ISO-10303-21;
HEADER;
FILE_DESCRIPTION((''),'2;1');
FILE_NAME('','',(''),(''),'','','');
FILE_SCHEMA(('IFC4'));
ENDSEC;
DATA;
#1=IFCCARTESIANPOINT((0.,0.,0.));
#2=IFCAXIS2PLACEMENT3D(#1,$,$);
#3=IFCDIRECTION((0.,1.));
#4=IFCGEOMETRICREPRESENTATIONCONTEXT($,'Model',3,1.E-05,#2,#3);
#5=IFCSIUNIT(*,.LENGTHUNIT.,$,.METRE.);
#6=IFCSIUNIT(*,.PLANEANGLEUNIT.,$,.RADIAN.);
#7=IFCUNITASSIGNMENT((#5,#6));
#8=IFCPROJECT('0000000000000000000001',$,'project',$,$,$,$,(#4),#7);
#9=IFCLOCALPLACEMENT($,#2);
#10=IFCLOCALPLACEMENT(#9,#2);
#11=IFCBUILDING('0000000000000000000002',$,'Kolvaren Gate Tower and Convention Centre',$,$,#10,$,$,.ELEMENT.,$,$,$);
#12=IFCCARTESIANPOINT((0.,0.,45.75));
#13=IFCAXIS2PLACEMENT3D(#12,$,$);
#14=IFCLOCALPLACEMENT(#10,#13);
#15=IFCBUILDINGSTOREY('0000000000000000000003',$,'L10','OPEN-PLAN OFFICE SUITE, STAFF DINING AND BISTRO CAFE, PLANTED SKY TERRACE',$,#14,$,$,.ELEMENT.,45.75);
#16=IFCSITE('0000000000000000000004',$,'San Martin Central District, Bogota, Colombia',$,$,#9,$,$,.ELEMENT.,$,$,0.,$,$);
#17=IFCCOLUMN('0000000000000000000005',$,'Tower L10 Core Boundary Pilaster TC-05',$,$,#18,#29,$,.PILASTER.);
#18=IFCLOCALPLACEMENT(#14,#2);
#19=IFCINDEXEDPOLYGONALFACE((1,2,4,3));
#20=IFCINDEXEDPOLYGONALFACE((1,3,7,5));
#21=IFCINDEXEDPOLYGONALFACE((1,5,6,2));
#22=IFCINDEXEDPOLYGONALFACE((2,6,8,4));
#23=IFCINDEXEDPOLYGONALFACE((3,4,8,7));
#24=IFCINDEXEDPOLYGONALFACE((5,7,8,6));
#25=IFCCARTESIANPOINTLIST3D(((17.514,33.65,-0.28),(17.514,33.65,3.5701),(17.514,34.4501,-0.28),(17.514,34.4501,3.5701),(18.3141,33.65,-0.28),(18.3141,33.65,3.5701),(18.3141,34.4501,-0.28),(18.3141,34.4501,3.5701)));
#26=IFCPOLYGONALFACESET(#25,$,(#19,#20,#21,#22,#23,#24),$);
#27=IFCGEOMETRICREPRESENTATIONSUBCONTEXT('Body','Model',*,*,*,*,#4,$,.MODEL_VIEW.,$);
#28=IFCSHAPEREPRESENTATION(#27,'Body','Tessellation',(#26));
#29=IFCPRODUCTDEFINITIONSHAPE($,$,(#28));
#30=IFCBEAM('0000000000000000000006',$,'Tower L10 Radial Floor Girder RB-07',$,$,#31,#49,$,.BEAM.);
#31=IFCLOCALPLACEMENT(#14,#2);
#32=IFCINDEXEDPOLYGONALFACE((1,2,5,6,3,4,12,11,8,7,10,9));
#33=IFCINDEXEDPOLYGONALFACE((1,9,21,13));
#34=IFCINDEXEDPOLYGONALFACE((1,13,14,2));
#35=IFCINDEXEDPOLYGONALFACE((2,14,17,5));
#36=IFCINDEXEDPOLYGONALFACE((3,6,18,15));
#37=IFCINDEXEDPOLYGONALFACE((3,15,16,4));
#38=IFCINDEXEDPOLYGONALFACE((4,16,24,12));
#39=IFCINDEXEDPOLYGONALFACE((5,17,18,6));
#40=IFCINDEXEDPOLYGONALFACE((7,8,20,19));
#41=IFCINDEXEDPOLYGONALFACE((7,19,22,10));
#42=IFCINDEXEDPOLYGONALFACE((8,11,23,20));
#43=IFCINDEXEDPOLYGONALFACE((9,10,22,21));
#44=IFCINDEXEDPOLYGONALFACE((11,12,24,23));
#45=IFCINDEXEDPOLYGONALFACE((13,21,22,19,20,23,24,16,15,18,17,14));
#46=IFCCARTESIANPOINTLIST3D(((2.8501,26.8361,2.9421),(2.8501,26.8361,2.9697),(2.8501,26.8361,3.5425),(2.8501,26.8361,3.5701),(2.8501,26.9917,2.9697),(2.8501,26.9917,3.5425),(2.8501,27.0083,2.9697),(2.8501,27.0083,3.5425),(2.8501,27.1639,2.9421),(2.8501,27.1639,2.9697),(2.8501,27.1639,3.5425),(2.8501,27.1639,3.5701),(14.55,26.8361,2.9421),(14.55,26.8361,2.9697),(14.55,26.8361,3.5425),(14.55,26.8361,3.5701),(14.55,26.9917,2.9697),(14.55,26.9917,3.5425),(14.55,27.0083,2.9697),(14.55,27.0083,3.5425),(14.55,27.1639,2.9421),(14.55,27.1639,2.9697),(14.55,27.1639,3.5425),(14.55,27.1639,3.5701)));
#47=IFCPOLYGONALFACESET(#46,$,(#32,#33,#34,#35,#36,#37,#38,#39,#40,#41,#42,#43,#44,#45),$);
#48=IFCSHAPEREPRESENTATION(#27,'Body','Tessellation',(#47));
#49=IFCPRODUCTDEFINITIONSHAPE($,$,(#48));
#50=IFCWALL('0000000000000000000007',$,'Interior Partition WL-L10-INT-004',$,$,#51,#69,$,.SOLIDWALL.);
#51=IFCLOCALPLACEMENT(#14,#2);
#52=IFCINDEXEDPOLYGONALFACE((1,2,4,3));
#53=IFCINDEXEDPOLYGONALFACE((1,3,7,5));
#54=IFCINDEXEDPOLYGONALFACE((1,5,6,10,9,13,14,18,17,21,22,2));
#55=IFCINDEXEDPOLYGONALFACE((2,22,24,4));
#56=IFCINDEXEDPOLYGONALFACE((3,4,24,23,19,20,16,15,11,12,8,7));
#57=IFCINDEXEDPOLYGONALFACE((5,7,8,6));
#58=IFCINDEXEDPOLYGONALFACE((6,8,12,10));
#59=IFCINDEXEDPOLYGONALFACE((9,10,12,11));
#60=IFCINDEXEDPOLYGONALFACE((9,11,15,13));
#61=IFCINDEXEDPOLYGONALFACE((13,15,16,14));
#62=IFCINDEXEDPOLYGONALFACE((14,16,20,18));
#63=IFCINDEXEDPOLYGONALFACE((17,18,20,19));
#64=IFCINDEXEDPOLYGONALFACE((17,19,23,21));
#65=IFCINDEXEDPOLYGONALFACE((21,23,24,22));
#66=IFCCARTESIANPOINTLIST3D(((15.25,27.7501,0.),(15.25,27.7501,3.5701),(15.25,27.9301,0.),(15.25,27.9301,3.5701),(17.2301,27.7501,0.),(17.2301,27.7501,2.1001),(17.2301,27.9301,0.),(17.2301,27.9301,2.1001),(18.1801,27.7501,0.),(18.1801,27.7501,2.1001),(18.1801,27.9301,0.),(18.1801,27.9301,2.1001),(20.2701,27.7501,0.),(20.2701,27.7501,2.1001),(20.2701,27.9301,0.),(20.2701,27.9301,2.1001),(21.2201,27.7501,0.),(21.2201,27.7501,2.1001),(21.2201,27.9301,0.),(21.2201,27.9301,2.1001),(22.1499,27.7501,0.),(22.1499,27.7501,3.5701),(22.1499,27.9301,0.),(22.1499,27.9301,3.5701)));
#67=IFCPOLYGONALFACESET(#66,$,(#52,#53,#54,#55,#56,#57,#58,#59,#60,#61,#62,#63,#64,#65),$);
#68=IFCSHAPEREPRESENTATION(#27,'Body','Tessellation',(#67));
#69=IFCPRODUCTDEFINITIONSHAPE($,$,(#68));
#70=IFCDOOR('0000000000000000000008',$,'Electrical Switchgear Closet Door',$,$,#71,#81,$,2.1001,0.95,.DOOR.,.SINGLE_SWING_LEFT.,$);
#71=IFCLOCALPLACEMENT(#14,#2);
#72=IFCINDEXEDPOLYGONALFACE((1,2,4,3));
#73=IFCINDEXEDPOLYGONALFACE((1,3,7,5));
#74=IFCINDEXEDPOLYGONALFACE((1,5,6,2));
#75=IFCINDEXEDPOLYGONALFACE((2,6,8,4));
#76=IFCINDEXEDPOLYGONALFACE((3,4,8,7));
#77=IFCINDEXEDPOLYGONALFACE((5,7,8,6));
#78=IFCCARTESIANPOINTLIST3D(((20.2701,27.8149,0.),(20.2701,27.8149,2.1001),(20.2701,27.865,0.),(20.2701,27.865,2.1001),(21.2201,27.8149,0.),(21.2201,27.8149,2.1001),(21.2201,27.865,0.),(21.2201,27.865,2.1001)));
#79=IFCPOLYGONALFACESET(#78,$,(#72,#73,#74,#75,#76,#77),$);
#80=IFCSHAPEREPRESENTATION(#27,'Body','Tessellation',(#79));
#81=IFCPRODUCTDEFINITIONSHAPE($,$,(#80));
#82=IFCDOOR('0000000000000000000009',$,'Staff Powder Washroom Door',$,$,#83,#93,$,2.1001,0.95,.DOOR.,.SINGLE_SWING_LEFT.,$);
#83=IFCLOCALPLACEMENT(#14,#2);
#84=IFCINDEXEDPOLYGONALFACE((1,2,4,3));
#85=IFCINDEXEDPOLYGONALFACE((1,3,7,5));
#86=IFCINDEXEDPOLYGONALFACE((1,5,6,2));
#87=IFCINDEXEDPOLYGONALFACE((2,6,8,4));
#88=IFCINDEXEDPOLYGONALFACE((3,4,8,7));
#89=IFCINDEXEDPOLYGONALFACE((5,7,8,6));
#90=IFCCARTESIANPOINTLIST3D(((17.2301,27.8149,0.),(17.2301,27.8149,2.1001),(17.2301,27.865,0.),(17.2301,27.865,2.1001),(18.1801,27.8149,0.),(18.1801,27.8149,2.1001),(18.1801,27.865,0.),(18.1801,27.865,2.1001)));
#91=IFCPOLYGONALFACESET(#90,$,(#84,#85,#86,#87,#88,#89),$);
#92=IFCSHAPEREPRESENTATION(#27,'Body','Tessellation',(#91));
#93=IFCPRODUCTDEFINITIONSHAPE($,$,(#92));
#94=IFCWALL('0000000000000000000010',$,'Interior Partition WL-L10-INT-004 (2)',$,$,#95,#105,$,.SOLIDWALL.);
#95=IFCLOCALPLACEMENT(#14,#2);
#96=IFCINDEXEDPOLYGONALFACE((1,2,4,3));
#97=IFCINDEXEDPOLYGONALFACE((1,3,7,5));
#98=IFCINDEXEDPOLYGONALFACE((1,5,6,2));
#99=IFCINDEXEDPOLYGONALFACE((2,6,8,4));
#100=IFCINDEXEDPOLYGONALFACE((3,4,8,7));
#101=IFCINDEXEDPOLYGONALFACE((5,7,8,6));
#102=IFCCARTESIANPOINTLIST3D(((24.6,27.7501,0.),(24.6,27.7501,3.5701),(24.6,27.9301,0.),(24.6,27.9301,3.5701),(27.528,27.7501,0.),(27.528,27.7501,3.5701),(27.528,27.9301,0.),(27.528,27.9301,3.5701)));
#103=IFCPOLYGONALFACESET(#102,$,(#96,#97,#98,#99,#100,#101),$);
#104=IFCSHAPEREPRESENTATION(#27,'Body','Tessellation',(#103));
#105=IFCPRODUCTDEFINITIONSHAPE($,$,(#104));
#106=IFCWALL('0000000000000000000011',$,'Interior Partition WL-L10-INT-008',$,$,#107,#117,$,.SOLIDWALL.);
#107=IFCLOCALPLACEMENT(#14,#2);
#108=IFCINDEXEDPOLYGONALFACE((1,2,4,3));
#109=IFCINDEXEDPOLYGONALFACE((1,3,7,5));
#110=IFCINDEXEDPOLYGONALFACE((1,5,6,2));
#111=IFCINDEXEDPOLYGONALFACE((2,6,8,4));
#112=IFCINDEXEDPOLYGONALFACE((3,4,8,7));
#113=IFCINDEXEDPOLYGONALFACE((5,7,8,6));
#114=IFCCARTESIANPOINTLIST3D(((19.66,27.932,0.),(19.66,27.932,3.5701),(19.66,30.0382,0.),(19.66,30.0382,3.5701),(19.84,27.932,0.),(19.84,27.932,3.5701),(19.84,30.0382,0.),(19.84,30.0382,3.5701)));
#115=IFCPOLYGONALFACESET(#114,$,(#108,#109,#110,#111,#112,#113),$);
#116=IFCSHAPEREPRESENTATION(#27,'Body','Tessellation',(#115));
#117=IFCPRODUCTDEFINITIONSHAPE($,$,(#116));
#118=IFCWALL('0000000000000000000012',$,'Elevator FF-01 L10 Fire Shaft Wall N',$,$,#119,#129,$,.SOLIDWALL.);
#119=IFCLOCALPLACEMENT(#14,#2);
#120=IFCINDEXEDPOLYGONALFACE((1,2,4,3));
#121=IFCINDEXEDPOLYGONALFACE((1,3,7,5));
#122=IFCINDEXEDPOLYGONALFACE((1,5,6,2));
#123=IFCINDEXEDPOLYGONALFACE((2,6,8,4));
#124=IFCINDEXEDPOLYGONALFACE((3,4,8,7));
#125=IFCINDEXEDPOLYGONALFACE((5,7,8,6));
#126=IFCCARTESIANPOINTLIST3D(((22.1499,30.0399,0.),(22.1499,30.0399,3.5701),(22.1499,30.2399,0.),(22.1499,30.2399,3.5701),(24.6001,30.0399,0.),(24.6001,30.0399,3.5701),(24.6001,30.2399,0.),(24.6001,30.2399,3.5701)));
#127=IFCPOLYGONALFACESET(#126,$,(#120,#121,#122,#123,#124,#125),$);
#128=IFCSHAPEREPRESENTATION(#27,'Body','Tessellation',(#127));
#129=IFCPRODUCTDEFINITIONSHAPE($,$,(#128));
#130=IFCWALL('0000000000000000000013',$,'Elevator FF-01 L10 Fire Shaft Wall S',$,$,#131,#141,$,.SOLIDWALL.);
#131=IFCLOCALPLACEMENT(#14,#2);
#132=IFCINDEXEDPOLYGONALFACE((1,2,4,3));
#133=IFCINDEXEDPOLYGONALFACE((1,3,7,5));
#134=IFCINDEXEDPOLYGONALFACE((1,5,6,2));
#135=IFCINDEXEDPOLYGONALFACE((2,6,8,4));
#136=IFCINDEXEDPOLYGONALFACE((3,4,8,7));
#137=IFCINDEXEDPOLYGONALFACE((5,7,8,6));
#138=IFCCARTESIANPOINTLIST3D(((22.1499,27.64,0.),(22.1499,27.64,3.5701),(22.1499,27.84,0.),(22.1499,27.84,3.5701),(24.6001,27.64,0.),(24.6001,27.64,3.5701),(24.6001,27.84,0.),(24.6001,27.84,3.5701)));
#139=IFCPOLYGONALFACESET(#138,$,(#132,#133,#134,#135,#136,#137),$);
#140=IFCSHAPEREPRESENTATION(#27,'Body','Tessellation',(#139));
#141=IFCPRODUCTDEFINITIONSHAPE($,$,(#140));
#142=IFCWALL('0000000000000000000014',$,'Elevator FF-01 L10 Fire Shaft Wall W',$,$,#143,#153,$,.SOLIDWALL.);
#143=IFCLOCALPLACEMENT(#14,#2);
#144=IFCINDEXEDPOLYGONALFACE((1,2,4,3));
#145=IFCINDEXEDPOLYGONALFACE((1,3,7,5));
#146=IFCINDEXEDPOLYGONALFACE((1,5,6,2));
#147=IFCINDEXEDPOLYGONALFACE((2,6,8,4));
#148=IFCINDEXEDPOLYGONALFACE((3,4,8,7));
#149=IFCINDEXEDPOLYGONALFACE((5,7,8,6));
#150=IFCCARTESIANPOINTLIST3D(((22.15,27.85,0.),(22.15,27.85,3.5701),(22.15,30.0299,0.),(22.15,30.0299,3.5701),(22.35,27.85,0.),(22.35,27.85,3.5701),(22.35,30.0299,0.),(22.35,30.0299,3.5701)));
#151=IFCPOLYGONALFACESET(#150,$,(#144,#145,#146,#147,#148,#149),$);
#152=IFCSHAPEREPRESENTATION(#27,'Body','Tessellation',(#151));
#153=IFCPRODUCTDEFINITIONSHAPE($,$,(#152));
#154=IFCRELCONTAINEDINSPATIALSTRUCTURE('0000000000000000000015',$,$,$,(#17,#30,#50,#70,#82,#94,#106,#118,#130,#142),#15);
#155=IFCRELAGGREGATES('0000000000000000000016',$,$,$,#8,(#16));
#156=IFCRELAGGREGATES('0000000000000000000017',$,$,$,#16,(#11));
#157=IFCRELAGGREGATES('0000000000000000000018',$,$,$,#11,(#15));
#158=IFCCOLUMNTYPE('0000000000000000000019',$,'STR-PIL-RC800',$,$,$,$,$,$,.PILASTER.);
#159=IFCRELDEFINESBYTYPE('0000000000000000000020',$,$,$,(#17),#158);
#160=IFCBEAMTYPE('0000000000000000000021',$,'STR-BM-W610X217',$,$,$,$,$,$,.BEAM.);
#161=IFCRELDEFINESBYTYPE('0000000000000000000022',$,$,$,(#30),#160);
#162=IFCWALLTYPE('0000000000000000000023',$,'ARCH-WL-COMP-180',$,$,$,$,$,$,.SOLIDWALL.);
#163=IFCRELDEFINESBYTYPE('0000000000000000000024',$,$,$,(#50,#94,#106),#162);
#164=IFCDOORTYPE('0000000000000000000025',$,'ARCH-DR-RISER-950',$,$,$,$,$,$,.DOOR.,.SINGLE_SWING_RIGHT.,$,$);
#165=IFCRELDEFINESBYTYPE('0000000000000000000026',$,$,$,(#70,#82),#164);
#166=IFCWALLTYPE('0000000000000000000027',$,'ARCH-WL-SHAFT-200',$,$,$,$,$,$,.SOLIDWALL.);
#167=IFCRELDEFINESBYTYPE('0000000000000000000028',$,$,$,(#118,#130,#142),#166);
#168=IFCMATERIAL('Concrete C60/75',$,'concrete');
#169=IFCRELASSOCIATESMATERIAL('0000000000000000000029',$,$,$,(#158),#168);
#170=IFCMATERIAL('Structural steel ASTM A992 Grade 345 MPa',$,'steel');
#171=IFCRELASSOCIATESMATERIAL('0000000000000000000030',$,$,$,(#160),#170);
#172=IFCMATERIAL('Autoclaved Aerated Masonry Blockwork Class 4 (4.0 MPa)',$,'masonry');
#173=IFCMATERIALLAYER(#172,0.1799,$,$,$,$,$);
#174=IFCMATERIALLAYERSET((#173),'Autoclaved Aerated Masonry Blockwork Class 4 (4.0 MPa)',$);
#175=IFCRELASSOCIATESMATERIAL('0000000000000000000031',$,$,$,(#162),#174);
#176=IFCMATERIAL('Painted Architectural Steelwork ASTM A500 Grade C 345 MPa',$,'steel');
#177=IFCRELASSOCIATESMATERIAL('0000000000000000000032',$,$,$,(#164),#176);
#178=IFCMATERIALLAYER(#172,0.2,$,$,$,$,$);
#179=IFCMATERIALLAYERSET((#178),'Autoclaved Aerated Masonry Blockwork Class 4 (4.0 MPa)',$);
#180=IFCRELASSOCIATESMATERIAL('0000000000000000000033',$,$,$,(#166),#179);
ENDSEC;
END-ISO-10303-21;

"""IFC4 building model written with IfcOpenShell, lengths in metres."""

from ifc_helpers import new_model, si_unit, direction, frame, frame_2d, origin, origin_2d, place, context, subcontext, project, spatial, rectangle, i_section, extrude, material, layer, layer_set, material_profile, profile_set, type_object, element, fill, save


model = new_model("IFC4")

# Units and contexts
model_context = context("Model", 3, precision=1e-05, world=origin(), true_north=direction((0.0, 1.0)))
body_context = subcontext(model_context, "Body", "Model", "MODEL_VIEW")
ifc_project = project(units=[si_unit("LENGTHUNIT", "METRE"), si_unit("PLANEANGLEUNIT", "RADIAN")], contexts=[model_context])

# Site, building, storey
site_placement = place(None, origin())
site = spatial("IfcSite", under=ifc_project, at=site_placement, Name="San Martin Central District, Bogota, Colombia", CompositionType="ELEMENT", RefElevation=0.0)
building_placement = place(site_placement, origin())
building = spatial("IfcBuilding", under=site, at=building_placement, Name="Kolvaren Gate Tower and Convention Centre", CompositionType="ELEMENT")
storey_placement = place(building_placement, frame((0.0, 0.0, 45.75)))
storey = spatial("IfcBuildingStorey", under=building, at=storey_placement, Name="L10", Description="OPEN-PLAN OFFICE SUITE, STAFF DINING AND BISTRO CAFE, PLANTED SKY TERRACE", CompositionType="ELEMENT", Elevation=45.75)

# Column
ifc_material_1 = material(Name="Concrete C60/75", Category="concrete")
ifc_material_profile_1 = material_profile(ifc_material_1, rectangle(XDim=0.8, YDim=0.8, at=origin_2d()), Name="RC-COL-800X800")
ifc_profile_set_1 = profile_set([ifc_material_profile_1], Name="Concrete C60/75")
column_type = type_object("IfcColumnType", Name="STR-PIL-RC800", PredefinedType="PILASTER", material=ifc_profile_set_1)
column_placement = place(storey_placement, frame((17.9141, 34.05, -0.28), z_axis=(0.0, 0.0, 1.0), x_axis=(1.0, 0.0, 0.0)))
element("IfcColumn", 1, at=column_placement, inside=storey, type_object=column_type, Name="Tower L10 Core Boundary Pilaster TC-05", PredefinedType="PILASTER", context=body_context, shape_type="SweptSolid", body=[
    extrude(rectangle(XDim=0.8, YDim=0.8, at=origin_2d()), origin(), (0.0, 0.0, 1.0), 3.8501),
])

# Beam
ifc_material_2 = material(Name="Structural steel ASTM A992 Grade 345 MPa", Category="steel")
ifc_material_profile_2 = material_profile(ifc_material_2, i_section(OverallWidth=0.3279, OverallDepth=0.6279, WebThickness=0.0166, FlangeThickness=0.0276, at=origin_2d()), Name="W610X217")
ifc_profile_set_2 = profile_set([ifc_material_profile_2], Name="Structural steel ASTM A992 Grade 345 MPa")
beam_type = type_object("IfcBeamType", Name="STR-BM-W610X217", PredefinedType="BEAM", material=ifc_profile_set_2)
beam_placement = place(storey_placement, frame((14.55, 27.0, 3.2561), z_axis=(-1.0, 0.0, 0.0), x_axis=(0.0, -1.0, 0.0)))
element("IfcBeam", 2, at=beam_placement, inside=storey, type_object=beam_type, Name="Tower L10 Radial Floor Girder RB-07", PredefinedType="BEAM", context=body_context, shape_type="SweptSolid", body=[
    extrude(i_section(OverallWidth=0.3279, OverallDepth=0.6279, WebThickness=0.0166, FlangeThickness=0.0276, at=origin_2d()), origin(), (0.0, 0.0, 1.0), 11.7),
])

# Wall, openings, doors
ifc_material_3 = material(Name="Autoclaved Aerated Masonry Blockwork Class 4 (4.0 MPa)", Category="masonry")
ifc_layer_1 = layer(ifc_material_3, 0.1799)
ifc_layer_set_1 = layer_set([ifc_layer_1], Name="Autoclaved Aerated Masonry Blockwork Class 4 (4.0 MPa)")
wall_type_1 = type_object("IfcWallType", Name="ARCH-WL-COMP-180", PredefinedType="SOLIDWALL", material=ifc_layer_set_1)
wall_1_placement = place(storey_placement, frame((15.25, 27.8401, 0.0), z_axis=(0.0, 0.0, 1.0), x_axis=(1.0, 0.0, 0.0)))
wall_1 = element("IfcWall", 3, at=wall_1_placement, inside=storey, type_object=wall_type_1, Name="Interior Partition WL-L10-INT-004", PredefinedType="SOLIDWALL", context=body_context, shape_type="SweptSolid", body=[
    extrude(rectangle(XDim=6.8999, YDim=0.1799, at=frame_2d((3.45, 0.0))), origin(), (0.0, 0.0, 1.0), 3.5701),
])
opening_1_placement = place(wall_1_placement, frame((5.02, 0.0, 0.0)))
opening_1 = element("IfcOpeningElement", 4, at=opening_1_placement, cuts=wall_1, PredefinedType="OPENING", context=body_context, shape_type="SweptSolid", body=[
    extrude(rectangle(XDim=0.95, YDim=2.1001, at=frame_2d((0.4751, 1.05))), frame((0.0, 0.0999, 0.0), z_axis=(0.0, -1.0, 0.0), x_axis=(1.0, 0.0, 0.0)), (0.0, 0.0, 1.0), 0.2),
])
opening_2_placement = place(wall_1_placement, frame((1.98, 0.0, 0.0)))
opening_2 = element("IfcOpeningElement", 5, at=opening_2_placement, cuts=wall_1, PredefinedType="OPENING", context=body_context, shape_type="SweptSolid", body=[
    extrude(rectangle(XDim=0.95, YDim=2.1001, at=frame_2d((0.4751, 1.05))), frame((0.0, 0.0999, 0.0), z_axis=(0.0, -1.0, 0.0), x_axis=(1.0, 0.0, 0.0)), (0.0, 0.0, 1.0), 0.2),
])
ifc_material_4 = material(Name="Painted Architectural Steelwork ASTM A500 Grade C 345 MPa", Category="steel")
door_type_1 = type_object("IfcDoorType", Name="ARCH-DR-RISER-950", OperationType="SINGLE_SWING_RIGHT", PredefinedType="DOOR", material=ifc_material_4)
door_1_placement = place(opening_1_placement, origin())
door_1 = element("IfcDoor", 6, at=door_1_placement, inside=storey, type_object=door_type_1, Name="Electrical Switchgear Closet Door", OperationType="SINGLE_SWING_LEFT", OverallHeight=2.1001, OverallWidth=0.95, PredefinedType="DOOR", context=body_context, shape_type="SweptSolid", body=[
    extrude(rectangle(XDim=0.95, YDim=2.1001, at=frame_2d((0.4751, 1.05))), frame((0.0, 0.0249, 0.0), z_axis=(0.0, -1.0, 0.0), x_axis=(1.0, 0.0, 0.0)), (0.0, 0.0, 1.0), 0.05),
])
fill(opening_1, door_1)
door_2_placement = place(opening_2_placement, origin())
door_2 = element("IfcDoor", 7, at=door_2_placement, inside=storey, type_object=door_type_1, Name="Staff Powder Washroom Door", OperationType="SINGLE_SWING_LEFT", OverallHeight=2.1001, OverallWidth=0.95, PredefinedType="DOOR", context=body_context, shape_type="SweptSolid", body=[
    extrude(rectangle(XDim=0.95, YDim=2.1001, at=frame_2d((0.4751, 1.05))), frame((0.0, 0.0249, 0.0), z_axis=(0.0, -1.0, 0.0), x_axis=(1.0, 0.0, 0.0)), (0.0, 0.0, 1.0), 0.05),
])
fill(opening_2, door_2)

# Walls
wall_2_placement = place(storey_placement, frame((24.6001, 27.8401, 0.0), z_axis=(0.0, 0.0, 1.0), x_axis=(1.0, 0.0, 0.0)))
element("IfcWall", 8, at=wall_2_placement, inside=storey, type_object=wall_type_1, Name="Interior Partition WL-L10-INT-004 (2)", PredefinedType="SOLIDWALL", context=body_context, shape_type="SweptSolid", body=[
    extrude(rectangle(XDim=2.928, YDim=0.1799, at=frame_2d((1.4639, 0.0))), origin(), (0.0, 0.0, 1.0), 3.5701),
])
wall_3_placement = place(storey_placement, frame((19.75, 27.9319, 0.0), z_axis=(0.0, 0.0, 1.0), x_axis=(0.0, 1.0, 0.0)))
element("IfcWall", 9, at=wall_3_placement, inside=storey, type_object=wall_type_1, Name="Interior Partition WL-L10-INT-008", PredefinedType="SOLIDWALL", context=body_context, shape_type="SweptSolid", body=[
    extrude(rectangle(XDim=2.1062, YDim=0.1799, at=frame_2d((1.0532, 0.0))), origin(), (0.0, 0.0, 1.0), 3.5701),
])
ifc_layer_2 = layer(ifc_material_3, 0.2)
ifc_layer_set_2 = layer_set([ifc_layer_2], Name="Autoclaved Aerated Masonry Blockwork Class 4 (4.0 MPa)")
wall_type_2 = type_object("IfcWallType", Name="ARCH-WL-SHAFT-200", PredefinedType="SOLIDWALL", material=ifc_layer_set_2)
for number, where, z_axis, x_axis, name in (
    (10, (22.1499, 30.1399, 0.0), (0.0, 0.0, 1.0), (1.0, 0.0, 0.0), "Elevator FF-01 L10 Fire Shaft Wall N"),
    (11, (22.1499, 27.74, 0.0), (0.0, 0.0, 1.0), (1.0, 0.0, 0.0), "Elevator FF-01 L10 Fire Shaft Wall S"),
):
    element("IfcWall", number, at=place(storey_placement, frame(where, z_axis=z_axis, x_axis=x_axis)), inside=storey, type_object=wall_type_2, Name=name, PredefinedType="SOLIDWALL", context=body_context, shape_type="SweptSolid", body=[
        extrude(rectangle(XDim=2.4502, YDim=0.2, at=frame_2d((1.2251, 0.0))), origin(), (0.0, 0.0, 1.0), 3.5701),
    ])
wall_4_placement = place(storey_placement, frame((22.25, 27.8501, 0.0), z_axis=(0.0, 0.0, 1.0), x_axis=(0.0, 1.0, 0.0)))
element("IfcWall", 12, at=wall_4_placement, inside=storey, type_object=wall_type_2, Name="Elevator FF-01 L10 Fire Shaft Wall W", PredefinedType="SOLIDWALL", context=body_context, shape_type="SweptSolid", body=[
    extrude(rectangle(XDim=2.1799, YDim=0.2, at=frame_2d((1.0898, 0.0))), origin(), (0.0, 0.0, 1.0), 3.5701),
])

save(model, "model.ifc")
